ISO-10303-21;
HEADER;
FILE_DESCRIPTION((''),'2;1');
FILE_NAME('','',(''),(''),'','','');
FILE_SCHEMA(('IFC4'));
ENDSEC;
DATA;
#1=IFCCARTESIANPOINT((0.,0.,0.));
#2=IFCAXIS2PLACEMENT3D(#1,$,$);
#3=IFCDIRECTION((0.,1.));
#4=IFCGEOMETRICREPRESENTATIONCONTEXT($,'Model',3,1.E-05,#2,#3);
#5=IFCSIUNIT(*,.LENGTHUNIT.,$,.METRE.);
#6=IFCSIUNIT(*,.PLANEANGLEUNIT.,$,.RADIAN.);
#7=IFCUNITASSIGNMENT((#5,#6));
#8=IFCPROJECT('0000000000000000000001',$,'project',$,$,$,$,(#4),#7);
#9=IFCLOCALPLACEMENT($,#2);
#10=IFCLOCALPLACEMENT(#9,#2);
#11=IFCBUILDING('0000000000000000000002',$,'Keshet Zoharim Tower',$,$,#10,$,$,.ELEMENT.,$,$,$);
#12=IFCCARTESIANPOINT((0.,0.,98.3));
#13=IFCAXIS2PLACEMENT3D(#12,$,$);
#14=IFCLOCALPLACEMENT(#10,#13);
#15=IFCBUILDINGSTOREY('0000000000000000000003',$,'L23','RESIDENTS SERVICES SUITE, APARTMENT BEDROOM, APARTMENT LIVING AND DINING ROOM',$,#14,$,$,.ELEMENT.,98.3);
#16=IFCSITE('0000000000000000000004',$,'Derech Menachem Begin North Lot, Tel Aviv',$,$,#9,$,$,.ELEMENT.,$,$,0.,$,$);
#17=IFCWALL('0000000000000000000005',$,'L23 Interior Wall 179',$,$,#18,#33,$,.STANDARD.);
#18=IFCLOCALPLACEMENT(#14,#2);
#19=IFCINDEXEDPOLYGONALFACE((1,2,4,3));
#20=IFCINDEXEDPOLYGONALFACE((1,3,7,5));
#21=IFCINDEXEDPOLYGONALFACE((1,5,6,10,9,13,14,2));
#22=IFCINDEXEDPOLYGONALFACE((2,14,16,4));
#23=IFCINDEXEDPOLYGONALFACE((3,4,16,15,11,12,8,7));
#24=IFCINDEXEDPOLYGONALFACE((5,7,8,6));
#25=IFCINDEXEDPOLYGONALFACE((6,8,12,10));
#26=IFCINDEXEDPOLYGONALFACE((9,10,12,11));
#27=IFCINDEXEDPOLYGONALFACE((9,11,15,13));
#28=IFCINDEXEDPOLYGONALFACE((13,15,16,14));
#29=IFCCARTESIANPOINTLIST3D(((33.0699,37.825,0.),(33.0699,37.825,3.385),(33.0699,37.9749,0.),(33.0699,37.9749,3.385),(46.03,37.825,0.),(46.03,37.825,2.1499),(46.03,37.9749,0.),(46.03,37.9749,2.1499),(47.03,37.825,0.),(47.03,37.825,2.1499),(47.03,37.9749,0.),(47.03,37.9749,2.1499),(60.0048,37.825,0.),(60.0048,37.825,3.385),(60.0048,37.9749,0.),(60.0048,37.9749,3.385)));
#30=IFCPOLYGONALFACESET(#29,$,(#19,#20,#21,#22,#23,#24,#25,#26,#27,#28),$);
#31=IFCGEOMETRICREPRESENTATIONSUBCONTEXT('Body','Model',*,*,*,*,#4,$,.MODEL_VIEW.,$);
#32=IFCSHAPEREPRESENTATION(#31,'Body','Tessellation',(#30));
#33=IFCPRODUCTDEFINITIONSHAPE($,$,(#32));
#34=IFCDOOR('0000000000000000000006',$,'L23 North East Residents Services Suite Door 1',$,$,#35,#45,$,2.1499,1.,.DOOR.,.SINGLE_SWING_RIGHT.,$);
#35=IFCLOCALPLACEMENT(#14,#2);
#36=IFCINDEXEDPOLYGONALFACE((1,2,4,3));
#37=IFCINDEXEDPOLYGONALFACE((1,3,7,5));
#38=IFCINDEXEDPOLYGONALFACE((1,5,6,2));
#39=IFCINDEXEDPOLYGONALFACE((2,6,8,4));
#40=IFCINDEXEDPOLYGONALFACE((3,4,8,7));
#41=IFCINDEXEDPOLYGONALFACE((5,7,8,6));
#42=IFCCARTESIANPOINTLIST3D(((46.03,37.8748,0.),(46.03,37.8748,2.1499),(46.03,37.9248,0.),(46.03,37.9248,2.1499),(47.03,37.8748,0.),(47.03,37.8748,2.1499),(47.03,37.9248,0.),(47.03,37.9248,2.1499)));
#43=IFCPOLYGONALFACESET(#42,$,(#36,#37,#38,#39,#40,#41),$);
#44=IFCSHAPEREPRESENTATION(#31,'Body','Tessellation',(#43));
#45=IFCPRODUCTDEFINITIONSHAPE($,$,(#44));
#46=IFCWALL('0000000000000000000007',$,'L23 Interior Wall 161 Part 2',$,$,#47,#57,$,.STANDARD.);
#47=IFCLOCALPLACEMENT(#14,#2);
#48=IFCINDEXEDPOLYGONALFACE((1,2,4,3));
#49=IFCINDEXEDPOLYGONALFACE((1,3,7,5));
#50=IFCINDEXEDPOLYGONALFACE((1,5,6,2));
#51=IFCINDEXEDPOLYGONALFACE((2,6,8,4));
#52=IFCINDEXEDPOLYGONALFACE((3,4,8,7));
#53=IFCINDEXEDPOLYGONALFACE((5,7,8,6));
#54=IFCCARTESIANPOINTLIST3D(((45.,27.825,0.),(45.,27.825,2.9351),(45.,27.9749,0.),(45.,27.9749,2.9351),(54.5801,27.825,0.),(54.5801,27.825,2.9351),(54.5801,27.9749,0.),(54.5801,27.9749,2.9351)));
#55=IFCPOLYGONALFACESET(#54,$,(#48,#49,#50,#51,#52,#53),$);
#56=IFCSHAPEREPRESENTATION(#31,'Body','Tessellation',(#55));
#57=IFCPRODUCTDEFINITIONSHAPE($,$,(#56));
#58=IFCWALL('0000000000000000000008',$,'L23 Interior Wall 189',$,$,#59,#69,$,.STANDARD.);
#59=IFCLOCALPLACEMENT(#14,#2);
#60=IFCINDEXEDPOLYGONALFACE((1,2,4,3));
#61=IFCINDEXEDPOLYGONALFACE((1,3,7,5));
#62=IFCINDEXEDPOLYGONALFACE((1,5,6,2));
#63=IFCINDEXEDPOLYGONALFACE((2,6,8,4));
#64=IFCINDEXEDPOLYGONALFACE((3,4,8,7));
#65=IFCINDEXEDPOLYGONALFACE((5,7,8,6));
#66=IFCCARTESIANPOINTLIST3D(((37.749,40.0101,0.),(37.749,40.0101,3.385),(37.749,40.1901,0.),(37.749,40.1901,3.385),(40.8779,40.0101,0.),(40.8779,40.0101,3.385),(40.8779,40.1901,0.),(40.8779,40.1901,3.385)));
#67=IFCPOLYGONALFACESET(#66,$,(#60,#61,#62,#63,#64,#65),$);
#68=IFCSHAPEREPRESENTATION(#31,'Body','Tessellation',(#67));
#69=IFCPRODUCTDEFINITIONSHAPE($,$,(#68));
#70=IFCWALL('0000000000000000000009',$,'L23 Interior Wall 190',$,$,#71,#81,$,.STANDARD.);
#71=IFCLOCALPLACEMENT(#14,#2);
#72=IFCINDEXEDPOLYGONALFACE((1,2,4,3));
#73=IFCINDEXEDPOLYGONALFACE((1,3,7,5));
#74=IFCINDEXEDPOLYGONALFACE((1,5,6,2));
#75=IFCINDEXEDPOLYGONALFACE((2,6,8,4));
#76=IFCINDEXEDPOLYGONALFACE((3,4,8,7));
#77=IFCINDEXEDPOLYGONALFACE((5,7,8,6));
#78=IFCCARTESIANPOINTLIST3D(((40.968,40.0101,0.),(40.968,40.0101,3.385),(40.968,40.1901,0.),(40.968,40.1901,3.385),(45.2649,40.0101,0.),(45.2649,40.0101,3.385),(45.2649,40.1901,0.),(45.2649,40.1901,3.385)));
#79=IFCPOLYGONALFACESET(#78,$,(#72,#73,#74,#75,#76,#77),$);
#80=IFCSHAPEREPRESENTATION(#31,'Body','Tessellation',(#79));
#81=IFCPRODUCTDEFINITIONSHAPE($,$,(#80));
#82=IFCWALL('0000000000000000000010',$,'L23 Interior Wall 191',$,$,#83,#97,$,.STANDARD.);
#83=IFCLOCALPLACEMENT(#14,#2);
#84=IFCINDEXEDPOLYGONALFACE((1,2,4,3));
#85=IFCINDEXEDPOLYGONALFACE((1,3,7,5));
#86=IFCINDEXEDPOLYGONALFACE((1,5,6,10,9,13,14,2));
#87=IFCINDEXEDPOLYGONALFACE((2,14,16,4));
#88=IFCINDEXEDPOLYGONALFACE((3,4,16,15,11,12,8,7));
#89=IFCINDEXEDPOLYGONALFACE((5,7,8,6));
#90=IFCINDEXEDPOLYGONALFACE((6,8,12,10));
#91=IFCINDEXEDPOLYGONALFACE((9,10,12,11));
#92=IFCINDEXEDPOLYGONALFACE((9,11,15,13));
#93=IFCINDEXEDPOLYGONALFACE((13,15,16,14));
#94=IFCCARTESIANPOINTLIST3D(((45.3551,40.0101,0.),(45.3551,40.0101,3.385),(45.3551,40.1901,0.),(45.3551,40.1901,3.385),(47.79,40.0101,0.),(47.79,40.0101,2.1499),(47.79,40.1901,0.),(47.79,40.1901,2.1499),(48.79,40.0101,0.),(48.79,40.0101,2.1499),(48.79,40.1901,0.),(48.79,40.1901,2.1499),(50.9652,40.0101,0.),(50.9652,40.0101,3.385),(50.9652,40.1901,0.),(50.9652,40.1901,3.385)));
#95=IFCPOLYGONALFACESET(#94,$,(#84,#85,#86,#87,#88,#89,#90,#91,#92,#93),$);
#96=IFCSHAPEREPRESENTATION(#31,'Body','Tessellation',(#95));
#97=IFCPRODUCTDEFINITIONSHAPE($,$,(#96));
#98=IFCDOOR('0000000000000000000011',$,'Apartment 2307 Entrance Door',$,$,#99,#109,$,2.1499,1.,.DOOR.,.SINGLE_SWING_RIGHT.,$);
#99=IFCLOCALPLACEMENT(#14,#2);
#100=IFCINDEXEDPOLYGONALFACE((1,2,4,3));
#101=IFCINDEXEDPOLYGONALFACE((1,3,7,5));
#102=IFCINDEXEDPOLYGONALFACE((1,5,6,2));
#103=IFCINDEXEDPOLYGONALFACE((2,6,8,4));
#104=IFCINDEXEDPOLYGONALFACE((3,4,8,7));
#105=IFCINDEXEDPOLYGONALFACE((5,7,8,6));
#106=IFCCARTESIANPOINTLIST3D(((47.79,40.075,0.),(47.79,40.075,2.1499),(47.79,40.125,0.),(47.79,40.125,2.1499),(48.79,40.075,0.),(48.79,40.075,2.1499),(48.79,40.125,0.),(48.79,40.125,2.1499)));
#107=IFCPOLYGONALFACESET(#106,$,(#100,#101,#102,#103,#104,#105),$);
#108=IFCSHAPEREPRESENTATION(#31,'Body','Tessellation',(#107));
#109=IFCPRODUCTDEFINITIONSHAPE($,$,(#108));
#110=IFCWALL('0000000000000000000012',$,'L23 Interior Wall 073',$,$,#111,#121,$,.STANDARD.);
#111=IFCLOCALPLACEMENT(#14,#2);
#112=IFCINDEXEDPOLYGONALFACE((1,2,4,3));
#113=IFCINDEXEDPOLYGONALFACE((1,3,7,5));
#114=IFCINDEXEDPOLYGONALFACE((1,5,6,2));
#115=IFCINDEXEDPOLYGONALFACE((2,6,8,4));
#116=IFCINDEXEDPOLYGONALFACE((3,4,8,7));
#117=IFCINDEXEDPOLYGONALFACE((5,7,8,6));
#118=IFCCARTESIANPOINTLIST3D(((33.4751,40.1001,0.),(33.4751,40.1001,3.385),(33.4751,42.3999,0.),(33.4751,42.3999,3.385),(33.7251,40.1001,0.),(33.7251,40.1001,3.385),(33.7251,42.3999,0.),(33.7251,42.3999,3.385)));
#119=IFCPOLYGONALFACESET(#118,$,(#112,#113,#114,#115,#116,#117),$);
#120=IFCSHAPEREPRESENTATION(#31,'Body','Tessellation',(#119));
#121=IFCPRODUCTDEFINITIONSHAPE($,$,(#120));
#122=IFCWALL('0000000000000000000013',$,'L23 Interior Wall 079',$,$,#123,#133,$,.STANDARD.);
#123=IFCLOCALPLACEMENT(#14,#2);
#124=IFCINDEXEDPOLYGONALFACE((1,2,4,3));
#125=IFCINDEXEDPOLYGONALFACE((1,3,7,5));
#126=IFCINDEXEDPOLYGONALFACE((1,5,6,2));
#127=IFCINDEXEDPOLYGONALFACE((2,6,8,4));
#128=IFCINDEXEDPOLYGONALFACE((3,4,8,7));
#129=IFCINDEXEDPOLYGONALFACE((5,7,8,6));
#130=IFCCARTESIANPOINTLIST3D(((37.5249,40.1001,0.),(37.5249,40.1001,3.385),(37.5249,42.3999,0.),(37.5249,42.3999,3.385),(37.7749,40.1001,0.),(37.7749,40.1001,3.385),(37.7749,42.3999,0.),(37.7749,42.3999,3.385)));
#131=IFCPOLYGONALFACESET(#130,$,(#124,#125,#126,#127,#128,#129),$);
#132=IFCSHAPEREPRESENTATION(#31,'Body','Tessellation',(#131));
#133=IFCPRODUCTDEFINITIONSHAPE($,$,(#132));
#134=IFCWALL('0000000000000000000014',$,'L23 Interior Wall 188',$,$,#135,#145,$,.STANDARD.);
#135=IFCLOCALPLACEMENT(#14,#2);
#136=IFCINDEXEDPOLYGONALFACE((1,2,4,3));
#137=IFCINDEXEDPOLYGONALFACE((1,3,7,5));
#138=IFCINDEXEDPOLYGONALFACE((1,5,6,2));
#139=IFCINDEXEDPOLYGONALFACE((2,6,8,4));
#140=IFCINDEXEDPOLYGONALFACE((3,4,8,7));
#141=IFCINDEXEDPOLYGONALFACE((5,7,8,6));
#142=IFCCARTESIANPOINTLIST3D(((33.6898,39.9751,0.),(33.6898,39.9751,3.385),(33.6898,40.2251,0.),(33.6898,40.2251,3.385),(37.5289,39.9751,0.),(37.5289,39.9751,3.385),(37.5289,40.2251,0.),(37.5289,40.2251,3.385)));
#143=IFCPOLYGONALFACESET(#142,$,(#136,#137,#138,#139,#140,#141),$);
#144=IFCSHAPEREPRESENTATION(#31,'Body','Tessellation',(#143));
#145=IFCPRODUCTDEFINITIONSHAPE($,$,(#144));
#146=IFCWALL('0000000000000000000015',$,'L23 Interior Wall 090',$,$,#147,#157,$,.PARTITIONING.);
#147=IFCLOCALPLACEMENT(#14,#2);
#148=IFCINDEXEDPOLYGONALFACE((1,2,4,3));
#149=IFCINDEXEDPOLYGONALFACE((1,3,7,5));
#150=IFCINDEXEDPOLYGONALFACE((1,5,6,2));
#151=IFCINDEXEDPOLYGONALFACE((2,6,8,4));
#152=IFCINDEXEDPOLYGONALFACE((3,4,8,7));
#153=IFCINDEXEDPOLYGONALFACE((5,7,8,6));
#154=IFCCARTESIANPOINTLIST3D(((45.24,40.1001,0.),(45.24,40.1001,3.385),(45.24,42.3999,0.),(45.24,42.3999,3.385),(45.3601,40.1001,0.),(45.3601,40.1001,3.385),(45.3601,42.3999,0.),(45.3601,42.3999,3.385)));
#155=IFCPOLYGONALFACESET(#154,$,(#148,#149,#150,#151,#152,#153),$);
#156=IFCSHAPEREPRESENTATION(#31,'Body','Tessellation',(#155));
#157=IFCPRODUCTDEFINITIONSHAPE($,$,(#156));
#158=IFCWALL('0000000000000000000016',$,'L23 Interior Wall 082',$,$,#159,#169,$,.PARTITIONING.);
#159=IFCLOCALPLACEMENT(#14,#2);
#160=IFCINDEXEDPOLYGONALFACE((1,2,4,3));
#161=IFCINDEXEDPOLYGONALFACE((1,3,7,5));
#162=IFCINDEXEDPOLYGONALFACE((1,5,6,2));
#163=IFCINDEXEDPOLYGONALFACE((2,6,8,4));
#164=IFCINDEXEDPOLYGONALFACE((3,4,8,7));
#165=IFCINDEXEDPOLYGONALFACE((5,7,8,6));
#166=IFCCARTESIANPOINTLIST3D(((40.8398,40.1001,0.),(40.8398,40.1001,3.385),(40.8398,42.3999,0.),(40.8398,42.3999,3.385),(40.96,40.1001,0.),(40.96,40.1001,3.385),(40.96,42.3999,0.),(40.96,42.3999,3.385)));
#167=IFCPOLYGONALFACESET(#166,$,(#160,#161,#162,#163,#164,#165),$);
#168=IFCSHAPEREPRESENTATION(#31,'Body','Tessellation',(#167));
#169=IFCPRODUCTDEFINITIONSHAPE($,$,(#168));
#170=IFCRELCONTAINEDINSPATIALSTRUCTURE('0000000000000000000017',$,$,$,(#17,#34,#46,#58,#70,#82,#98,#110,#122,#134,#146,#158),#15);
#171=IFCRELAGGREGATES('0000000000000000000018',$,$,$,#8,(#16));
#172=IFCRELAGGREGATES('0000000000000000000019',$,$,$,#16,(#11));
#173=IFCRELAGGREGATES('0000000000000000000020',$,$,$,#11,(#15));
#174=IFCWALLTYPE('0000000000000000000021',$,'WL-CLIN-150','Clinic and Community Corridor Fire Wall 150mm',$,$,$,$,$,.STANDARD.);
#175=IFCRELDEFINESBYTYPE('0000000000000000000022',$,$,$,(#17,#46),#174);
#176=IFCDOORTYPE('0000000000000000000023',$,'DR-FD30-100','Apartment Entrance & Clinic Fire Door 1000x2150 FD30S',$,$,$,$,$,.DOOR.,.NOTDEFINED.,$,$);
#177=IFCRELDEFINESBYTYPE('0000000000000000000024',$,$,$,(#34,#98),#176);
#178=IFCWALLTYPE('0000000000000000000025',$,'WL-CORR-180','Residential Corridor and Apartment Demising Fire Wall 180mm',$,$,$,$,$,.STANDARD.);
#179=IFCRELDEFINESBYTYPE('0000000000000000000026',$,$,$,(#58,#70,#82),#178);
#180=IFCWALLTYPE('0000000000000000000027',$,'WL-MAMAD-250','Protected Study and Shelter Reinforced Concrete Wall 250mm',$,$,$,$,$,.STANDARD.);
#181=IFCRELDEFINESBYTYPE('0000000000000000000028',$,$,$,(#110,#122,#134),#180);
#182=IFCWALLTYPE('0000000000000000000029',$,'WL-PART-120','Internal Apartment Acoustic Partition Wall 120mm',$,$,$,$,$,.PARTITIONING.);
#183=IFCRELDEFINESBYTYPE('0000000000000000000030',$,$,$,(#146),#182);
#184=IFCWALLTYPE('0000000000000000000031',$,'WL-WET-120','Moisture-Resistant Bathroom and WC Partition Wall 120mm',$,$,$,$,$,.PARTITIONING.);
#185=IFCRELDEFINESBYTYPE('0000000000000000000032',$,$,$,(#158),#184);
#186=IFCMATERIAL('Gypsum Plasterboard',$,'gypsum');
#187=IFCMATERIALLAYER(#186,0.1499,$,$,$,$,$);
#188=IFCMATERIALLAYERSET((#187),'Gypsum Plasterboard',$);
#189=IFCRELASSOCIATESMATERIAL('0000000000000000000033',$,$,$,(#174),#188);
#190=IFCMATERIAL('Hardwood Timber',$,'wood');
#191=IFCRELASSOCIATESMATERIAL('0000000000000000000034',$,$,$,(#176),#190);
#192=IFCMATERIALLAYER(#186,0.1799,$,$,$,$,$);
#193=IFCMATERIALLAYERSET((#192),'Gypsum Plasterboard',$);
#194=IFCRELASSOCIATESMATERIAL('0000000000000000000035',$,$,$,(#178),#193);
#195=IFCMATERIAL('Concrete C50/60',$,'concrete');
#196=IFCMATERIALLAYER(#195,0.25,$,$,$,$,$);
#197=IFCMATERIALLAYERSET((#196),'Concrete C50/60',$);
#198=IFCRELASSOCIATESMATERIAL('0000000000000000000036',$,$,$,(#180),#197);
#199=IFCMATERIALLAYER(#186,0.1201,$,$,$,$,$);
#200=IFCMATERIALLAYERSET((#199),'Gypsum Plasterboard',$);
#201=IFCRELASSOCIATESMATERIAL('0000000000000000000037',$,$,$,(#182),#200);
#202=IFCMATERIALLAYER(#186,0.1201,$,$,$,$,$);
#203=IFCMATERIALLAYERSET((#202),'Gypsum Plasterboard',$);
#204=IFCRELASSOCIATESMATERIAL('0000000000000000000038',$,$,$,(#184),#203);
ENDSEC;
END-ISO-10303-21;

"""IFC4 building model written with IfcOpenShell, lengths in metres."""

from ifc_helpers import new_model, si_unit, direction, frame, frame_2d, origin, place, context, subcontext, project, spatial, rectangle, extrude, material, layer, layer_set, type_object, element, fill, save


model = new_model("IFC4")

# Units and contexts
model_context = context("Model", 3, precision=1e-05, world=origin(), true_north=direction((0.0, 1.0)))
body_context = subcontext(model_context, "Body", "Model", "MODEL_VIEW")
ifc_project = project(units=[si_unit("LENGTHUNIT", "METRE"), si_unit("PLANEANGLEUNIT", "RADIAN")], contexts=[model_context])

# Site, building, storey
site_placement = place(None, origin())
site = spatial("IfcSite", under=ifc_project, at=site_placement, Name="Derech Menachem Begin North Lot, Tel Aviv", CompositionType="ELEMENT", RefElevation=0.0)
building_placement = place(site_placement, origin())
building = spatial("IfcBuilding", under=site, at=building_placement, Name="Keshet Zoharim Tower", CompositionType="ELEMENT")
storey_placement = place(building_placement, frame((0.0, 0.0, 98.3)))
storey = spatial("IfcBuildingStorey", under=building, at=storey_placement, Name="L23", Description="RESIDENTS SERVICES SUITE, APARTMENT BEDROOM, APARTMENT LIVING AND DINING ROOM", CompositionType="ELEMENT", Elevation=98.3)

# Shared definitions
ifc_material_1 = material(Name="Gypsum Plasterboard", Category="gypsum")
ifc_layer_1 = layer(ifc_material_1, 0.1499)
ifc_layer_set_1 = layer_set([ifc_layer_1], Name="Gypsum Plasterboard")
wall_type_1 = type_object("IfcWallType", Name="WL-CLIN-150", Description="Clinic and Community Corridor Fire Wall 150mm", PredefinedType="STANDARD", material=ifc_layer_set_1)

# Wall, opening, door
ifc_material_2 = material(Name="Hardwood Timber", Category="wood")
door_type = type_object("IfcDoorType", Name="DR-FD30-100", Description="Apartment Entrance & Clinic Fire Door 1000x2150 FD30S", OperationType="NOTDEFINED", PredefinedType="DOOR", material=ifc_material_2)
wall_1_placement = place(storey_placement, frame((33.0701, 37.8999, 0.0), z_axis=(0.0, 0.0, 1.0), x_axis=(1.0, 0.0, 0.0)))
wall_1 = element("IfcWall", 1, at=wall_1_placement, inside=storey, type_object=wall_type_1, Name="L23 Interior Wall 179", PredefinedType="STANDARD", context=body_context, shape_type="SweptSolid", body=[
    extrude(rectangle(XDim=26.9348, YDim=0.1499, at=frame_2d((13.4673, 0.0))), origin(), (0.0, 0.0, 1.0), 3.385),
])
opening_1_placement = place(wall_1_placement, frame((12.96, 0.0, 0.0)))
opening_1 = element("IfcOpeningElement", 2, at=opening_1_placement, cuts=wall_1, PredefinedType="OPENING", context=body_context, shape_type="SweptSolid", body=[
    extrude(rectangle(XDim=1.0, YDim=2.1499, at=frame_2d((0.5, 1.075))), frame((0.0, 0.085, 0.0), z_axis=(0.0, -1.0, 0.0), x_axis=(1.0, 0.0, 0.0)), (0.0, 0.0, 1.0), 0.1699),
])
door_1_placement = place(opening_1_placement, origin())
door_1 = element("IfcDoor", 3, at=door_1_placement, inside=storey, type_object=door_type, Name="L23 North East Residents Services Suite Door 1", OperationType="SINGLE_SWING_RIGHT", OverallHeight=2.1499, OverallWidth=1.0, PredefinedType="DOOR", context=body_context, shape_type="SweptSolid", body=[
    extrude(rectangle(XDim=1.0, YDim=2.1499, at=frame_2d((0.5, 1.075))), frame((0.0, 0.0249, 0.0), z_axis=(0.0, -1.0, 0.0), x_axis=(1.0, 0.0, 0.0)), (0.0, 0.0, 1.0), 0.05),
])
fill(opening_1, door_1)

# Walls
wall_2_placement = place(storey_placement, frame((45.0, 27.8999, 0.0), z_axis=(0.0, 0.0, 1.0), x_axis=(1.0, 0.0, 0.0)))
element("IfcWall", 4, at=wall_2_placement, inside=storey, type_object=wall_type_1, Name="L23 Interior Wall 161 Part 2", PredefinedType="STANDARD", context=body_context, shape_type="SweptSolid", body=[
    extrude(rectangle(XDim=9.5801, YDim=0.1499, at=frame_2d((4.79, 0.0))), origin(), (0.0, 0.0, 1.0), 2.9351),
])
ifc_layer_2 = layer(ifc_material_1, 0.1799)
ifc_layer_set_2 = layer_set([ifc_layer_2], Name="Gypsum Plasterboard")
wall_type_2 = type_object("IfcWallType", Name="WL-CORR-180", Description="Residential Corridor and Apartment Demising Fire Wall 180mm", PredefinedType="STANDARD", material=ifc_layer_set_2)
wall_3_placement = place(storey_placement, frame((37.749, 40.1001, 0.0), z_axis=(0.0, 0.0, 1.0), x_axis=(1.0, 0.0, 0.0)))
element("IfcWall", 5, at=wall_3_placement, inside=storey, type_object=wall_type_2, Name="L23 Interior Wall 189", PredefinedType="STANDARD", context=body_context, shape_type="SweptSolid", body=[
    extrude(rectangle(XDim=3.1289, YDim=0.1799, at=frame_2d((1.5645, 0.0))), origin(), (0.0, 0.0, 1.0), 3.385),
])
wall_4_placement = place(storey_placement, frame((40.968, 40.1001, 0.0), z_axis=(0.0, 0.0, 1.0), x_axis=(1.0, 0.0, 0.0)))
element("IfcWall", 6, at=wall_4_placement, inside=storey, type_object=wall_type_2, Name="L23 Interior Wall 190", PredefinedType="STANDARD", context=body_context, shape_type="SweptSolid", body=[
    extrude(rectangle(XDim=4.2969, YDim=0.1799, at=frame_2d((2.1484, 0.0))), origin(), (0.0, 0.0, 1.0), 3.385),
])

# Wall, opening, door
wall_5_placement = place(storey_placement, frame((45.355, 40.1001, 0.0), z_axis=(0.0, 0.0, 1.0), x_axis=(1.0, 0.0, 0.0)))
wall_5 = element("IfcWall", 7, at=wall_5_placement, inside=storey, type_object=wall_type_2, Name="L23 Interior Wall 191", PredefinedType="STANDARD", context=body_context, shape_type="SweptSolid", body=[
    extrude(rectangle(XDim=5.6101, YDim=0.1799, at=frame_2d((2.8052, 0.0))), origin(), (0.0, 0.0, 1.0), 3.385),
])
opening_2_placement = place(wall_5_placement, frame((2.4351, 0.0, 0.0)))
opening_2 = element("IfcOpeningElement", 8, at=opening_2_placement, cuts=wall_5, PredefinedType="OPENING", context=body_context, shape_type="SweptSolid", body=[
    extrude(rectangle(XDim=1.0, YDim=2.1499, at=frame_2d((0.5, 1.075))), frame((0.0, 0.1001, 0.0), z_axis=(0.0, -1.0, 0.0), x_axis=(1.0, 0.0, 0.0)), (0.0, 0.0, 1.0), 0.2),
])
door_2_placement = place(opening_2_placement, origin())
door_2 = element("IfcDoor", 9, at=door_2_placement, inside=storey, type_object=door_type, Name="Apartment 2307 Entrance Door", OperationType="SINGLE_SWING_RIGHT", OverallHeight=2.1499, OverallWidth=1.0, PredefinedType="DOOR", context=body_context, shape_type="SweptSolid", body=[
    extrude(rectangle(XDim=1.0, YDim=2.1499, at=frame_2d((0.5, 1.075))), frame((0.0, 0.0249, 0.0), z_axis=(0.0, -1.0, 0.0), x_axis=(1.0, 0.0, 0.0)), (0.0, 0.0, 1.0), 0.05),
])
fill(opening_2, door_2)

# Walls
ifc_material_3 = material(Name="Concrete C50/60", Category="concrete")
ifc_layer_3 = layer(ifc_material_3, 0.25)
ifc_layer_set_3 = layer_set([ifc_layer_3], Name="Concrete C50/60")
wall_type_3 = type_object("IfcWallType", Name="WL-MAMAD-250", Description="Protected Study and Shelter Reinforced Concrete Wall 250mm", PredefinedType="STANDARD", material=ifc_layer_set_3)
for number, where, z_axis, x_axis, name in (
    (10, (33.6001, 40.1001, 0.0), (0.0, 0.0, 1.0), (0.0, 1.0, 0.0), "L23 Interior Wall 073"),
    (11, (37.6499, 40.1001, 0.0), (0.0, 0.0, 1.0), (0.0, 1.0, 0.0), "L23 Interior Wall 079"),
):
    element("IfcWall", number, at=place(storey_placement, frame(where, z_axis=z_axis, x_axis=x_axis)), inside=storey, type_object=wall_type_3, Name=name, PredefinedType="STANDARD", context=body_context, shape_type="SweptSolid", body=[
        extrude(rectangle(XDim=2.2998, YDim=0.25, at=frame_2d((1.1499, 0.0))), origin(), (0.0, 0.0, 1.0), 3.385),
    ])
wall_6_placement = place(storey_placement, frame((33.6899, 40.1001, 0.0), z_axis=(0.0, 0.0, 1.0), x_axis=(1.0, 0.0, 0.0)))
element("IfcWall", 12, at=wall_6_placement, inside=storey, type_object=wall_type_3, Name="L23 Interior Wall 188", PredefinedType="STANDARD", context=body_context, shape_type="SweptSolid", body=[
    extrude(rectangle(XDim=3.8391, YDim=0.25, at=frame_2d((1.9194, 0.0))), origin(), (0.0, 0.0, 1.0), 3.385),
])
ifc_layer_4 = layer(ifc_material_1, 0.1201)
ifc_layer_set_4 = layer_set([ifc_layer_4], Name="Gypsum Plasterboard")
wall_type_4 = type_object("IfcWallType", Name="WL-PART-120", Description="Internal Apartment Acoustic Partition Wall 120mm", PredefinedType="PARTITIONING", material=ifc_layer_set_4)
wall_7_placement = place(storey_placement, frame((45.3, 40.1001, 0.0), z_axis=(0.0, 0.0, 1.0), x_axis=(0.0, 1.0, 0.0)))
element("IfcWall", 13, at=wall_7_placement, inside=storey, type_object=wall_type_4, Name="L23 Interior Wall 090", PredefinedType="PARTITIONING", context=body_context, shape_type="SweptSolid", body=[
    extrude(rectangle(XDim=2.2998, YDim=0.1201, at=frame_2d((1.1499, 0.0))), origin(), (0.0, 0.0, 1.0), 3.385),
])
ifc_layer_5 = layer(ifc_material_1, 0.1201)
ifc_layer_set_5 = layer_set([ifc_layer_5], Name="Gypsum Plasterboard")
wall_type_5 = type_object("IfcWallType", Name="WL-WET-120", Description="Moisture-Resistant Bathroom and WC Partition Wall 120mm", PredefinedType="PARTITIONING", material=ifc_layer_set_5)
wall_8_placement = place(storey_placement, frame((40.8999, 40.1001, 0.0), z_axis=(0.0, 0.0, 1.0), x_axis=(0.0, 1.0, 0.0)))
element("IfcWall", 14, at=wall_8_placement, inside=storey, type_object=wall_type_5, Name="L23 Interior Wall 082", PredefinedType="PARTITIONING", context=body_context, shape_type="SweptSolid", body=[
    extrude(rectangle(XDim=2.2998, YDim=0.1201, at=frame_2d((1.1499, 0.0))), origin(), (0.0, 0.0, 1.0), 3.385),
])

save(model, "model.ifc")
